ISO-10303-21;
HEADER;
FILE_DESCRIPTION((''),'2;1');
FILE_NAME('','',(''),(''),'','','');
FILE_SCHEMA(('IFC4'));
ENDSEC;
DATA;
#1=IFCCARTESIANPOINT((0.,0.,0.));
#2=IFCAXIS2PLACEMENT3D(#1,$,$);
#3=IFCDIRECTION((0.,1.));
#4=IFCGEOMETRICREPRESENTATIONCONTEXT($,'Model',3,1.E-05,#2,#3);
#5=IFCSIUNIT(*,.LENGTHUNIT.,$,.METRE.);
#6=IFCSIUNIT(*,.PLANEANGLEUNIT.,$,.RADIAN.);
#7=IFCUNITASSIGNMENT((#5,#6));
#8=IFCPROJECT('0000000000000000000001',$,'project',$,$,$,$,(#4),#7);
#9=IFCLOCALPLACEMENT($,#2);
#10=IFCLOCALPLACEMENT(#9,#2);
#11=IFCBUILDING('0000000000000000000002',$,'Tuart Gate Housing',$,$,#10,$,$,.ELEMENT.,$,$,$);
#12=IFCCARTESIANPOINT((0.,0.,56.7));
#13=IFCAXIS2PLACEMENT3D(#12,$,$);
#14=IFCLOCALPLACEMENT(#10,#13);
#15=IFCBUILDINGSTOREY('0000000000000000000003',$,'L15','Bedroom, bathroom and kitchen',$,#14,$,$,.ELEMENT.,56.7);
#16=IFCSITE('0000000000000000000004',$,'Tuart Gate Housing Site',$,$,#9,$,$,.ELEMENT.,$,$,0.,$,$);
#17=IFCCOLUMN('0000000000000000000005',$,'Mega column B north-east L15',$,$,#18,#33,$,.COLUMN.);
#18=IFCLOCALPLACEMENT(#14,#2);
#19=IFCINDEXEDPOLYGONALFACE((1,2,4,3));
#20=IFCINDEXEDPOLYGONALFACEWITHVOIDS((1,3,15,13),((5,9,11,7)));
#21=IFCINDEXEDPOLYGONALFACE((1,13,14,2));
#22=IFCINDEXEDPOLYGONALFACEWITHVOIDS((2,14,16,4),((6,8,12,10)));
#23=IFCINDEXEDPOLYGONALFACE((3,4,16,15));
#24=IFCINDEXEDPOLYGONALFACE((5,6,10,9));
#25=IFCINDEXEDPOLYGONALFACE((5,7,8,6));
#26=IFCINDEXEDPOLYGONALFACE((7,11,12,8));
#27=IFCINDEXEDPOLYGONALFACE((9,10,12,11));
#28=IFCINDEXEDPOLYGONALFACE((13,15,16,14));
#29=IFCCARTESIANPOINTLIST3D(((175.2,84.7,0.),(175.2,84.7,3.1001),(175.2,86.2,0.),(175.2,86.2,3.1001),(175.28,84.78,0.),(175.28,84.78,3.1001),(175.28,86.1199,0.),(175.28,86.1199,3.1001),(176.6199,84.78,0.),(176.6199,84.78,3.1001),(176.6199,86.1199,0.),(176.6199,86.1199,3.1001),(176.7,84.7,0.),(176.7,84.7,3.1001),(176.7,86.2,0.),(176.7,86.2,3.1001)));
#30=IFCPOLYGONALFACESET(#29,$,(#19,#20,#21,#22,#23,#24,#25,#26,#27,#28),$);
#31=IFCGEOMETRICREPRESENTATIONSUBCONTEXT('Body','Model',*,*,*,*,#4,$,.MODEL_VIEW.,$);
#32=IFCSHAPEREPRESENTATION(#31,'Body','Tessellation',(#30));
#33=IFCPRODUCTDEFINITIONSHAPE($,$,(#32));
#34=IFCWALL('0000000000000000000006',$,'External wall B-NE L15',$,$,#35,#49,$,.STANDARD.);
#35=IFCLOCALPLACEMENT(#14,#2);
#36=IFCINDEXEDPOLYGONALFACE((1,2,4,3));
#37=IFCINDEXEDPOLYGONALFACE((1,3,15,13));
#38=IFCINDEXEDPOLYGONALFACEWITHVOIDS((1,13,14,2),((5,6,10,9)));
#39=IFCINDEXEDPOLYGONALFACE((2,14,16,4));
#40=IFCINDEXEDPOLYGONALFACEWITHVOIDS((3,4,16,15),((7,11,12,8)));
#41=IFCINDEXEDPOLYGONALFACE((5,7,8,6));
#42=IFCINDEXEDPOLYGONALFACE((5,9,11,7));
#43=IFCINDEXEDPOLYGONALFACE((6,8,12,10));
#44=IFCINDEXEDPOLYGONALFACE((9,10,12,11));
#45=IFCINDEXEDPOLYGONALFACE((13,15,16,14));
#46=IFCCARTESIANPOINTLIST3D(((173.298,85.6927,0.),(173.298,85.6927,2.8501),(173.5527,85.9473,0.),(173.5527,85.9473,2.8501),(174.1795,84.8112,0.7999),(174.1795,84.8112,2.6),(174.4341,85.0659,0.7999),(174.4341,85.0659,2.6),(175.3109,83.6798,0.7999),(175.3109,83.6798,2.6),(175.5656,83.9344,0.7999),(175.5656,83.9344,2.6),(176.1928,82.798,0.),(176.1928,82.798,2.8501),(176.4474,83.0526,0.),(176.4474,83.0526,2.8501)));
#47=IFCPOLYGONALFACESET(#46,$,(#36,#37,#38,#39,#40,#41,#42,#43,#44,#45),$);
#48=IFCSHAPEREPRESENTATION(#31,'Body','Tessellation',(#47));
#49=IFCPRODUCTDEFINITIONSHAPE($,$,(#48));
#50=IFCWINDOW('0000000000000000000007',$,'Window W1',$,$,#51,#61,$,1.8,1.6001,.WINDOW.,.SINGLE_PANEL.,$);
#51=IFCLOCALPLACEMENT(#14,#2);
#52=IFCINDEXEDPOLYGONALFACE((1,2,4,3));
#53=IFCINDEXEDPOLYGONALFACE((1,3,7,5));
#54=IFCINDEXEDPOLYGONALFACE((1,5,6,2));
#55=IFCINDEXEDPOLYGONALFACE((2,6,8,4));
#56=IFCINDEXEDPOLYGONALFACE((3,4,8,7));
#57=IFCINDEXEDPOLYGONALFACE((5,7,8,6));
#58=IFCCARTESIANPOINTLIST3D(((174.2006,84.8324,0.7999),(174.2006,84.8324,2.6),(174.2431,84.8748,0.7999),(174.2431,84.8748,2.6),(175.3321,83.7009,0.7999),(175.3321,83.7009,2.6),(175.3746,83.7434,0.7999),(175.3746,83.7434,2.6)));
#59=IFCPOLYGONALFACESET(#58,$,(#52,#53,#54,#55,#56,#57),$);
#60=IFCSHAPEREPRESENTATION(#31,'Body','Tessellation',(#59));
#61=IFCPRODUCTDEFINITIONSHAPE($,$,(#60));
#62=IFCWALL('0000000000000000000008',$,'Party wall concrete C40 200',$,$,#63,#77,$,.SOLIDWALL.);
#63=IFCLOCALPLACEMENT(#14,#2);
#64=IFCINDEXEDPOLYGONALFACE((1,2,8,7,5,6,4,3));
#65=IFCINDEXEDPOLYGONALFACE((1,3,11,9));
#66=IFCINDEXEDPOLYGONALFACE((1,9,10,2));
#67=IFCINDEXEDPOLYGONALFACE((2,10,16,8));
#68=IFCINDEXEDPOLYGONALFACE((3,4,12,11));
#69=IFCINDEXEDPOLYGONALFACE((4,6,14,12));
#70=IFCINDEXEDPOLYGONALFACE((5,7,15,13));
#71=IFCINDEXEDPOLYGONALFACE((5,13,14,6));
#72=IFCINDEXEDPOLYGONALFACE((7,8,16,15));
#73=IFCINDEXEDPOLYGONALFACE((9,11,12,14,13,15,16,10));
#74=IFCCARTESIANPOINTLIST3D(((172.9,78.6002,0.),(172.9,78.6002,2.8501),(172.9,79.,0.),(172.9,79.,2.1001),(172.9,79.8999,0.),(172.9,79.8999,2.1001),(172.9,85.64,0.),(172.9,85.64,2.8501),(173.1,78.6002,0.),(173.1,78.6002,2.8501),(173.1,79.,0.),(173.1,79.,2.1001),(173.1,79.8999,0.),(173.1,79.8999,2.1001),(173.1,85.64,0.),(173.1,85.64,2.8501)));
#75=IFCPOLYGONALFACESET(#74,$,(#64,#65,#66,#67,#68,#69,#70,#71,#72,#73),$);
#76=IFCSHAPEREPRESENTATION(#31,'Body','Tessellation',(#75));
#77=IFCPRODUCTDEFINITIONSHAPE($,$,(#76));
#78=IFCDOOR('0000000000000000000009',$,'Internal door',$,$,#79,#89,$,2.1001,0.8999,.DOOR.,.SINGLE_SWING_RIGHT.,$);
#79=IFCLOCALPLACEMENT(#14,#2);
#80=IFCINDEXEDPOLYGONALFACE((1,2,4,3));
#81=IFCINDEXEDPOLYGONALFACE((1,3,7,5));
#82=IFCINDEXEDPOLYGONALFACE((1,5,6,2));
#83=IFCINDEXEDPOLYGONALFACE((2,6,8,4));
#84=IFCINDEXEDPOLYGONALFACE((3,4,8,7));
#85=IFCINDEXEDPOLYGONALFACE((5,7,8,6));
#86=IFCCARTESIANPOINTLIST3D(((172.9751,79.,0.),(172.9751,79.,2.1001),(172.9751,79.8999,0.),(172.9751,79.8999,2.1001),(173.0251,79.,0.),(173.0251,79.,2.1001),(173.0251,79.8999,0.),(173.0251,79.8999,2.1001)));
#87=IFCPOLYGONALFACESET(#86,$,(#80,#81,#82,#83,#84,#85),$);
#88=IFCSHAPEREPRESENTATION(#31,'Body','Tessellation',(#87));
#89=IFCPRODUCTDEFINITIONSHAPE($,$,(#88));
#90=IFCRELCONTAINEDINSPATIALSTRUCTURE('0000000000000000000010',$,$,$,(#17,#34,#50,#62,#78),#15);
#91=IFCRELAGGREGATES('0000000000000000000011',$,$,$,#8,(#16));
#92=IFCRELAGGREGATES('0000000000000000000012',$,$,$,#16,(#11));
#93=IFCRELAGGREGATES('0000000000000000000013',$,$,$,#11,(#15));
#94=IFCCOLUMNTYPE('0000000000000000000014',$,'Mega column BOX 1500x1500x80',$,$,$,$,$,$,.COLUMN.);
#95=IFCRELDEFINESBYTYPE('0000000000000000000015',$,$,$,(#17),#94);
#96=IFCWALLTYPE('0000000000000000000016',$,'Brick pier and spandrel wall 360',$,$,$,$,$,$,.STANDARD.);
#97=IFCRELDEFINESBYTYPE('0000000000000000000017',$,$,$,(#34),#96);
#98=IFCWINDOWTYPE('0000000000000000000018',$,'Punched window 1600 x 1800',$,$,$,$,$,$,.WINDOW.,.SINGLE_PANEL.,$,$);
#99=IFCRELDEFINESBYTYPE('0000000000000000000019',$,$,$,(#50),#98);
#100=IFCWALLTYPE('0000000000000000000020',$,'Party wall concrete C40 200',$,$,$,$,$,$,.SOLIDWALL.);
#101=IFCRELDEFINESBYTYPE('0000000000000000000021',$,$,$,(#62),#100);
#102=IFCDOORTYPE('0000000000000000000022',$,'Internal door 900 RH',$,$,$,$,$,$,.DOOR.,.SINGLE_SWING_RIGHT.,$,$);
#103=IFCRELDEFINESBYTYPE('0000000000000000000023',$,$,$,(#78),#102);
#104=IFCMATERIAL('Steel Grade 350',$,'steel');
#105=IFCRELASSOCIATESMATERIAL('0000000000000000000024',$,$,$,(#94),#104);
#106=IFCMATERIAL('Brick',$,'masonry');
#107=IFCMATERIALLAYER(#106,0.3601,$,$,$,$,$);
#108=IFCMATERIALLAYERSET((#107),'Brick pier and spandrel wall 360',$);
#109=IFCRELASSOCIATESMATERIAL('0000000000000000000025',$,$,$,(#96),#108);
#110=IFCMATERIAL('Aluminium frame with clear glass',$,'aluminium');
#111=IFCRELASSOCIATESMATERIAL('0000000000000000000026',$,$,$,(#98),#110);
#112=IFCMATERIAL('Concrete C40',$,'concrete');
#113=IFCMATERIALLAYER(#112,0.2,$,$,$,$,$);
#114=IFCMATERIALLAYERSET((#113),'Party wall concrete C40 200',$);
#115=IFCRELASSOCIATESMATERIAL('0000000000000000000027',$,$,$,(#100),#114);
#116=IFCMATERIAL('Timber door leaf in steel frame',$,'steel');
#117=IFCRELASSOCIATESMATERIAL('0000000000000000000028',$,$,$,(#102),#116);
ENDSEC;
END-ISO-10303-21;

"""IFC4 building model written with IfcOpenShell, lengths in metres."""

from ifc_helpers import new_model, si_unit, direction, frame, frame_2d, origin, origin_2d, place, context, subcontext, project, spatial, rectangle, hollow_rectangle, extrude, material, layer, layer_set, material_profile, profile_set, type_object, element, fill, save


model = new_model("IFC4")

# Units and contexts
model_context = context("Model", 3, precision=1e-05, world=origin(), true_north=direction((0.0, 1.0)))
body_context = subcontext(model_context, "Body", "Model", "MODEL_VIEW")
ifc_project = project(units=[si_unit("LENGTHUNIT", "METRE"), si_unit("PLANEANGLEUNIT", "RADIAN")], contexts=[model_context])

# Site, building, storey
site_placement = place(None, origin())
site = spatial("IfcSite", under=ifc_project, at=site_placement, Name="Tuart Gate Housing Site", CompositionType="ELEMENT", RefElevation=0.0)
building_placement = place(site_placement, origin())
building = spatial("IfcBuilding", under=site, at=building_placement, Name="Tuart Gate Housing", CompositionType="ELEMENT")
storey_placement = place(building_placement, frame((0.0, 0.0, 56.7)))
storey = spatial("IfcBuildingStorey", under=building, at=storey_placement, Name="L15", Description="Bedroom, bathroom and kitchen", CompositionType="ELEMENT", Elevation=56.7)

# Column
ifc_material_1 = material(Name="Steel Grade 350", Category="steel")
ifc_material_profile = material_profile(ifc_material_1, hollow_rectangle(XDim=1.5, YDim=1.5, WallThickness=0.0801, at=origin_2d()), Name="BOX 1500x1500x80")
ifc_profile_set = profile_set([ifc_material_profile], Name="Steel Grade 350")
column_type = type_object("IfcColumnType", Name="Mega column BOX 1500x1500x80", PredefinedType="COLUMN", material=ifc_profile_set)
column_placement = place(storey_placement, frame((175.95, 85.45, 0.0), z_axis=(0.0, 0.0, 1.0), x_axis=(1.0, 0.0, 0.0)))
element("IfcColumn", 1, at=column_placement, inside=storey, type_object=column_type, Name="Mega column B north-east L15", PredefinedType="COLUMN", context=body_context, shape_type="SweptSolid", body=[
    extrude(hollow_rectangle(XDim=1.5, YDim=1.5, WallThickness=0.0801, at=origin_2d()), origin(), (0.0, 0.0, 1.0), 3.1001),
])

# Wall, opening, window
ifc_material_2 = material(Name="Brick", Category="masonry")
ifc_layer_1 = layer(ifc_material_2, 0.3601)
ifc_layer_set_1 = layer_set([ifc_layer_1], Name="Brick pier and spandrel wall 360")
wall_type_1 = type_object("IfcWallType", Name="Brick pier and spandrel wall 360", PredefinedType="STANDARD", material=ifc_layer_set_1)
wall_1_placement = place(storey_placement, frame((176.3201, 82.9253, 0.0), z_axis=(0.0, 0.0, 1.0), x_axis=(-0.707107, 0.707107, 0.0)))
wall_1 = element("IfcWall", 2, at=wall_1_placement, inside=storey, type_object=wall_type_1, Name="External wall B-NE L15", PredefinedType="STANDARD", context=body_context, shape_type="SweptSolid", body=[
    extrude(rectangle(XDim=4.0938, YDim=0.3601, at=frame_2d((2.0469, 0.0))), origin(), (0.0, 0.0, 1.0), 2.8501),
])
opening_1_placement = place(wall_1_placement, frame((1.2471, 0.0, 0.8)))
opening_1 = element("IfcOpeningElement", 3, at=opening_1_placement, cuts=wall_1, PredefinedType="OPENING", context=body_context, shape_type="SweptSolid", body=[
    extrude(rectangle(XDim=1.6001, YDim=1.8, at=frame_2d((0.8, 0.8999))), frame((0.0, 0.1899, 0.0), z_axis=(0.0, -1.0, 0.0), x_axis=(1.0, 0.0, 0.0)), (0.0, 0.0, 1.0), 0.3801),
])
ifc_material_3 = material(Name="Aluminium frame with clear glass", Category="aluminium")
window_type_1 = type_object("IfcWindowType", Name="Punched window 1600 x 1800", PartitioningType="SINGLE_PANEL", PredefinedType="WINDOW", material=ifc_material_3)
window_1_placement = place(opening_1_placement, origin())
window_1 = element("IfcWindow", 4, at=window_1_placement, inside=storey, type_object=window_type_1, Name="Window W1", OverallHeight=1.8, OverallWidth=1.6001, PartitioningType="SINGLE_PANEL", PredefinedType="WINDOW", context=body_context, shape_type="SweptSolid", body=[
    extrude(rectangle(XDim=1.6001, YDim=1.8, at=frame_2d((0.8, 0.8999))), frame((0.0, 0.1501, 0.0), z_axis=(0.0, -1.0, 0.0), x_axis=(1.0, 0.0, 0.0)), (0.0, 0.0, 1.0), 0.0601),
])
fill(opening_1, window_1)

# Wall, opening, door
ifc_material_4 = material(Name="Concrete C40", Category="concrete")
ifc_layer_2 = layer(ifc_material_4, 0.2)
ifc_layer_set_2 = layer_set([ifc_layer_2], Name="Party wall concrete C40 200")
wall_type_2 = type_object("IfcWallType", Name="Party wall concrete C40 200", PredefinedType="SOLIDWALL", material=ifc_layer_set_2)
wall_2_placement = place(storey_placement, frame((173.0, 78.6001, 0.0), z_axis=(0.0, 0.0, 1.0), x_axis=(0.0, 1.0, 0.0)))
wall_2 = element("IfcWall", 5, at=wall_2_placement, inside=storey, type_object=wall_type_2, Name="Party wall concrete C40 200", PredefinedType="SOLIDWALL", context=body_context, shape_type="SweptSolid", body=[
    extrude(rectangle(XDim=7.0398, YDim=0.2, at=frame_2d((3.52, 0.0))), origin(), (0.0, 0.0, 1.0), 2.8501),
])
opening_2_placement = place(wall_2_placement, frame((0.3999, 0.0, 0.0)))
opening_2 = element("IfcOpeningElement", 6, at=opening_2_placement, cuts=wall_2, PredefinedType="OPENING", context=body_context, shape_type="SweptSolid", body=[
    extrude(rectangle(XDim=0.8999, YDim=2.1001, at=frame_2d((0.45, 1.05))), frame((0.0, 0.1099, 0.0), z_axis=(0.0, -1.0, 0.0), x_axis=(1.0, 0.0, 0.0)), (0.0, 0.0, 1.0), 0.22),
])
ifc_material_5 = material(Name="Timber door leaf in steel frame", Category="steel")
door_type = type_object("IfcDoorType", Name="Internal door 900 RH", OperationType="SINGLE_SWING_RIGHT", PredefinedType="DOOR", material=ifc_material_5)
door_placement = place(opening_2_placement, frame((0.8999, 0.0, 0.0), z_axis=(0.0, 0.0, 1.0), x_axis=(-1.0, 0.0, 0.0)))
door = element("IfcDoor", 7, at=door_placement, inside=storey, type_object=door_type, Name="Internal door", OperationType="SINGLE_SWING_RIGHT", OverallHeight=2.1001, OverallWidth=0.8999, PredefinedType="DOOR", context=body_context, shape_type="SweptSolid", body=[
    extrude(rectangle(XDim=0.8999, YDim=2.1001, at=frame_2d((0.45, 1.05))), frame((0.0, 0.0251, 0.0), z_axis=(0.0, -1.0, 0.0), x_axis=(1.0, 0.0, 0.0)), (0.0, 0.0, 1.0), 0.05),
])
fill(opening_2, door)

save(model, "model.ifc")
